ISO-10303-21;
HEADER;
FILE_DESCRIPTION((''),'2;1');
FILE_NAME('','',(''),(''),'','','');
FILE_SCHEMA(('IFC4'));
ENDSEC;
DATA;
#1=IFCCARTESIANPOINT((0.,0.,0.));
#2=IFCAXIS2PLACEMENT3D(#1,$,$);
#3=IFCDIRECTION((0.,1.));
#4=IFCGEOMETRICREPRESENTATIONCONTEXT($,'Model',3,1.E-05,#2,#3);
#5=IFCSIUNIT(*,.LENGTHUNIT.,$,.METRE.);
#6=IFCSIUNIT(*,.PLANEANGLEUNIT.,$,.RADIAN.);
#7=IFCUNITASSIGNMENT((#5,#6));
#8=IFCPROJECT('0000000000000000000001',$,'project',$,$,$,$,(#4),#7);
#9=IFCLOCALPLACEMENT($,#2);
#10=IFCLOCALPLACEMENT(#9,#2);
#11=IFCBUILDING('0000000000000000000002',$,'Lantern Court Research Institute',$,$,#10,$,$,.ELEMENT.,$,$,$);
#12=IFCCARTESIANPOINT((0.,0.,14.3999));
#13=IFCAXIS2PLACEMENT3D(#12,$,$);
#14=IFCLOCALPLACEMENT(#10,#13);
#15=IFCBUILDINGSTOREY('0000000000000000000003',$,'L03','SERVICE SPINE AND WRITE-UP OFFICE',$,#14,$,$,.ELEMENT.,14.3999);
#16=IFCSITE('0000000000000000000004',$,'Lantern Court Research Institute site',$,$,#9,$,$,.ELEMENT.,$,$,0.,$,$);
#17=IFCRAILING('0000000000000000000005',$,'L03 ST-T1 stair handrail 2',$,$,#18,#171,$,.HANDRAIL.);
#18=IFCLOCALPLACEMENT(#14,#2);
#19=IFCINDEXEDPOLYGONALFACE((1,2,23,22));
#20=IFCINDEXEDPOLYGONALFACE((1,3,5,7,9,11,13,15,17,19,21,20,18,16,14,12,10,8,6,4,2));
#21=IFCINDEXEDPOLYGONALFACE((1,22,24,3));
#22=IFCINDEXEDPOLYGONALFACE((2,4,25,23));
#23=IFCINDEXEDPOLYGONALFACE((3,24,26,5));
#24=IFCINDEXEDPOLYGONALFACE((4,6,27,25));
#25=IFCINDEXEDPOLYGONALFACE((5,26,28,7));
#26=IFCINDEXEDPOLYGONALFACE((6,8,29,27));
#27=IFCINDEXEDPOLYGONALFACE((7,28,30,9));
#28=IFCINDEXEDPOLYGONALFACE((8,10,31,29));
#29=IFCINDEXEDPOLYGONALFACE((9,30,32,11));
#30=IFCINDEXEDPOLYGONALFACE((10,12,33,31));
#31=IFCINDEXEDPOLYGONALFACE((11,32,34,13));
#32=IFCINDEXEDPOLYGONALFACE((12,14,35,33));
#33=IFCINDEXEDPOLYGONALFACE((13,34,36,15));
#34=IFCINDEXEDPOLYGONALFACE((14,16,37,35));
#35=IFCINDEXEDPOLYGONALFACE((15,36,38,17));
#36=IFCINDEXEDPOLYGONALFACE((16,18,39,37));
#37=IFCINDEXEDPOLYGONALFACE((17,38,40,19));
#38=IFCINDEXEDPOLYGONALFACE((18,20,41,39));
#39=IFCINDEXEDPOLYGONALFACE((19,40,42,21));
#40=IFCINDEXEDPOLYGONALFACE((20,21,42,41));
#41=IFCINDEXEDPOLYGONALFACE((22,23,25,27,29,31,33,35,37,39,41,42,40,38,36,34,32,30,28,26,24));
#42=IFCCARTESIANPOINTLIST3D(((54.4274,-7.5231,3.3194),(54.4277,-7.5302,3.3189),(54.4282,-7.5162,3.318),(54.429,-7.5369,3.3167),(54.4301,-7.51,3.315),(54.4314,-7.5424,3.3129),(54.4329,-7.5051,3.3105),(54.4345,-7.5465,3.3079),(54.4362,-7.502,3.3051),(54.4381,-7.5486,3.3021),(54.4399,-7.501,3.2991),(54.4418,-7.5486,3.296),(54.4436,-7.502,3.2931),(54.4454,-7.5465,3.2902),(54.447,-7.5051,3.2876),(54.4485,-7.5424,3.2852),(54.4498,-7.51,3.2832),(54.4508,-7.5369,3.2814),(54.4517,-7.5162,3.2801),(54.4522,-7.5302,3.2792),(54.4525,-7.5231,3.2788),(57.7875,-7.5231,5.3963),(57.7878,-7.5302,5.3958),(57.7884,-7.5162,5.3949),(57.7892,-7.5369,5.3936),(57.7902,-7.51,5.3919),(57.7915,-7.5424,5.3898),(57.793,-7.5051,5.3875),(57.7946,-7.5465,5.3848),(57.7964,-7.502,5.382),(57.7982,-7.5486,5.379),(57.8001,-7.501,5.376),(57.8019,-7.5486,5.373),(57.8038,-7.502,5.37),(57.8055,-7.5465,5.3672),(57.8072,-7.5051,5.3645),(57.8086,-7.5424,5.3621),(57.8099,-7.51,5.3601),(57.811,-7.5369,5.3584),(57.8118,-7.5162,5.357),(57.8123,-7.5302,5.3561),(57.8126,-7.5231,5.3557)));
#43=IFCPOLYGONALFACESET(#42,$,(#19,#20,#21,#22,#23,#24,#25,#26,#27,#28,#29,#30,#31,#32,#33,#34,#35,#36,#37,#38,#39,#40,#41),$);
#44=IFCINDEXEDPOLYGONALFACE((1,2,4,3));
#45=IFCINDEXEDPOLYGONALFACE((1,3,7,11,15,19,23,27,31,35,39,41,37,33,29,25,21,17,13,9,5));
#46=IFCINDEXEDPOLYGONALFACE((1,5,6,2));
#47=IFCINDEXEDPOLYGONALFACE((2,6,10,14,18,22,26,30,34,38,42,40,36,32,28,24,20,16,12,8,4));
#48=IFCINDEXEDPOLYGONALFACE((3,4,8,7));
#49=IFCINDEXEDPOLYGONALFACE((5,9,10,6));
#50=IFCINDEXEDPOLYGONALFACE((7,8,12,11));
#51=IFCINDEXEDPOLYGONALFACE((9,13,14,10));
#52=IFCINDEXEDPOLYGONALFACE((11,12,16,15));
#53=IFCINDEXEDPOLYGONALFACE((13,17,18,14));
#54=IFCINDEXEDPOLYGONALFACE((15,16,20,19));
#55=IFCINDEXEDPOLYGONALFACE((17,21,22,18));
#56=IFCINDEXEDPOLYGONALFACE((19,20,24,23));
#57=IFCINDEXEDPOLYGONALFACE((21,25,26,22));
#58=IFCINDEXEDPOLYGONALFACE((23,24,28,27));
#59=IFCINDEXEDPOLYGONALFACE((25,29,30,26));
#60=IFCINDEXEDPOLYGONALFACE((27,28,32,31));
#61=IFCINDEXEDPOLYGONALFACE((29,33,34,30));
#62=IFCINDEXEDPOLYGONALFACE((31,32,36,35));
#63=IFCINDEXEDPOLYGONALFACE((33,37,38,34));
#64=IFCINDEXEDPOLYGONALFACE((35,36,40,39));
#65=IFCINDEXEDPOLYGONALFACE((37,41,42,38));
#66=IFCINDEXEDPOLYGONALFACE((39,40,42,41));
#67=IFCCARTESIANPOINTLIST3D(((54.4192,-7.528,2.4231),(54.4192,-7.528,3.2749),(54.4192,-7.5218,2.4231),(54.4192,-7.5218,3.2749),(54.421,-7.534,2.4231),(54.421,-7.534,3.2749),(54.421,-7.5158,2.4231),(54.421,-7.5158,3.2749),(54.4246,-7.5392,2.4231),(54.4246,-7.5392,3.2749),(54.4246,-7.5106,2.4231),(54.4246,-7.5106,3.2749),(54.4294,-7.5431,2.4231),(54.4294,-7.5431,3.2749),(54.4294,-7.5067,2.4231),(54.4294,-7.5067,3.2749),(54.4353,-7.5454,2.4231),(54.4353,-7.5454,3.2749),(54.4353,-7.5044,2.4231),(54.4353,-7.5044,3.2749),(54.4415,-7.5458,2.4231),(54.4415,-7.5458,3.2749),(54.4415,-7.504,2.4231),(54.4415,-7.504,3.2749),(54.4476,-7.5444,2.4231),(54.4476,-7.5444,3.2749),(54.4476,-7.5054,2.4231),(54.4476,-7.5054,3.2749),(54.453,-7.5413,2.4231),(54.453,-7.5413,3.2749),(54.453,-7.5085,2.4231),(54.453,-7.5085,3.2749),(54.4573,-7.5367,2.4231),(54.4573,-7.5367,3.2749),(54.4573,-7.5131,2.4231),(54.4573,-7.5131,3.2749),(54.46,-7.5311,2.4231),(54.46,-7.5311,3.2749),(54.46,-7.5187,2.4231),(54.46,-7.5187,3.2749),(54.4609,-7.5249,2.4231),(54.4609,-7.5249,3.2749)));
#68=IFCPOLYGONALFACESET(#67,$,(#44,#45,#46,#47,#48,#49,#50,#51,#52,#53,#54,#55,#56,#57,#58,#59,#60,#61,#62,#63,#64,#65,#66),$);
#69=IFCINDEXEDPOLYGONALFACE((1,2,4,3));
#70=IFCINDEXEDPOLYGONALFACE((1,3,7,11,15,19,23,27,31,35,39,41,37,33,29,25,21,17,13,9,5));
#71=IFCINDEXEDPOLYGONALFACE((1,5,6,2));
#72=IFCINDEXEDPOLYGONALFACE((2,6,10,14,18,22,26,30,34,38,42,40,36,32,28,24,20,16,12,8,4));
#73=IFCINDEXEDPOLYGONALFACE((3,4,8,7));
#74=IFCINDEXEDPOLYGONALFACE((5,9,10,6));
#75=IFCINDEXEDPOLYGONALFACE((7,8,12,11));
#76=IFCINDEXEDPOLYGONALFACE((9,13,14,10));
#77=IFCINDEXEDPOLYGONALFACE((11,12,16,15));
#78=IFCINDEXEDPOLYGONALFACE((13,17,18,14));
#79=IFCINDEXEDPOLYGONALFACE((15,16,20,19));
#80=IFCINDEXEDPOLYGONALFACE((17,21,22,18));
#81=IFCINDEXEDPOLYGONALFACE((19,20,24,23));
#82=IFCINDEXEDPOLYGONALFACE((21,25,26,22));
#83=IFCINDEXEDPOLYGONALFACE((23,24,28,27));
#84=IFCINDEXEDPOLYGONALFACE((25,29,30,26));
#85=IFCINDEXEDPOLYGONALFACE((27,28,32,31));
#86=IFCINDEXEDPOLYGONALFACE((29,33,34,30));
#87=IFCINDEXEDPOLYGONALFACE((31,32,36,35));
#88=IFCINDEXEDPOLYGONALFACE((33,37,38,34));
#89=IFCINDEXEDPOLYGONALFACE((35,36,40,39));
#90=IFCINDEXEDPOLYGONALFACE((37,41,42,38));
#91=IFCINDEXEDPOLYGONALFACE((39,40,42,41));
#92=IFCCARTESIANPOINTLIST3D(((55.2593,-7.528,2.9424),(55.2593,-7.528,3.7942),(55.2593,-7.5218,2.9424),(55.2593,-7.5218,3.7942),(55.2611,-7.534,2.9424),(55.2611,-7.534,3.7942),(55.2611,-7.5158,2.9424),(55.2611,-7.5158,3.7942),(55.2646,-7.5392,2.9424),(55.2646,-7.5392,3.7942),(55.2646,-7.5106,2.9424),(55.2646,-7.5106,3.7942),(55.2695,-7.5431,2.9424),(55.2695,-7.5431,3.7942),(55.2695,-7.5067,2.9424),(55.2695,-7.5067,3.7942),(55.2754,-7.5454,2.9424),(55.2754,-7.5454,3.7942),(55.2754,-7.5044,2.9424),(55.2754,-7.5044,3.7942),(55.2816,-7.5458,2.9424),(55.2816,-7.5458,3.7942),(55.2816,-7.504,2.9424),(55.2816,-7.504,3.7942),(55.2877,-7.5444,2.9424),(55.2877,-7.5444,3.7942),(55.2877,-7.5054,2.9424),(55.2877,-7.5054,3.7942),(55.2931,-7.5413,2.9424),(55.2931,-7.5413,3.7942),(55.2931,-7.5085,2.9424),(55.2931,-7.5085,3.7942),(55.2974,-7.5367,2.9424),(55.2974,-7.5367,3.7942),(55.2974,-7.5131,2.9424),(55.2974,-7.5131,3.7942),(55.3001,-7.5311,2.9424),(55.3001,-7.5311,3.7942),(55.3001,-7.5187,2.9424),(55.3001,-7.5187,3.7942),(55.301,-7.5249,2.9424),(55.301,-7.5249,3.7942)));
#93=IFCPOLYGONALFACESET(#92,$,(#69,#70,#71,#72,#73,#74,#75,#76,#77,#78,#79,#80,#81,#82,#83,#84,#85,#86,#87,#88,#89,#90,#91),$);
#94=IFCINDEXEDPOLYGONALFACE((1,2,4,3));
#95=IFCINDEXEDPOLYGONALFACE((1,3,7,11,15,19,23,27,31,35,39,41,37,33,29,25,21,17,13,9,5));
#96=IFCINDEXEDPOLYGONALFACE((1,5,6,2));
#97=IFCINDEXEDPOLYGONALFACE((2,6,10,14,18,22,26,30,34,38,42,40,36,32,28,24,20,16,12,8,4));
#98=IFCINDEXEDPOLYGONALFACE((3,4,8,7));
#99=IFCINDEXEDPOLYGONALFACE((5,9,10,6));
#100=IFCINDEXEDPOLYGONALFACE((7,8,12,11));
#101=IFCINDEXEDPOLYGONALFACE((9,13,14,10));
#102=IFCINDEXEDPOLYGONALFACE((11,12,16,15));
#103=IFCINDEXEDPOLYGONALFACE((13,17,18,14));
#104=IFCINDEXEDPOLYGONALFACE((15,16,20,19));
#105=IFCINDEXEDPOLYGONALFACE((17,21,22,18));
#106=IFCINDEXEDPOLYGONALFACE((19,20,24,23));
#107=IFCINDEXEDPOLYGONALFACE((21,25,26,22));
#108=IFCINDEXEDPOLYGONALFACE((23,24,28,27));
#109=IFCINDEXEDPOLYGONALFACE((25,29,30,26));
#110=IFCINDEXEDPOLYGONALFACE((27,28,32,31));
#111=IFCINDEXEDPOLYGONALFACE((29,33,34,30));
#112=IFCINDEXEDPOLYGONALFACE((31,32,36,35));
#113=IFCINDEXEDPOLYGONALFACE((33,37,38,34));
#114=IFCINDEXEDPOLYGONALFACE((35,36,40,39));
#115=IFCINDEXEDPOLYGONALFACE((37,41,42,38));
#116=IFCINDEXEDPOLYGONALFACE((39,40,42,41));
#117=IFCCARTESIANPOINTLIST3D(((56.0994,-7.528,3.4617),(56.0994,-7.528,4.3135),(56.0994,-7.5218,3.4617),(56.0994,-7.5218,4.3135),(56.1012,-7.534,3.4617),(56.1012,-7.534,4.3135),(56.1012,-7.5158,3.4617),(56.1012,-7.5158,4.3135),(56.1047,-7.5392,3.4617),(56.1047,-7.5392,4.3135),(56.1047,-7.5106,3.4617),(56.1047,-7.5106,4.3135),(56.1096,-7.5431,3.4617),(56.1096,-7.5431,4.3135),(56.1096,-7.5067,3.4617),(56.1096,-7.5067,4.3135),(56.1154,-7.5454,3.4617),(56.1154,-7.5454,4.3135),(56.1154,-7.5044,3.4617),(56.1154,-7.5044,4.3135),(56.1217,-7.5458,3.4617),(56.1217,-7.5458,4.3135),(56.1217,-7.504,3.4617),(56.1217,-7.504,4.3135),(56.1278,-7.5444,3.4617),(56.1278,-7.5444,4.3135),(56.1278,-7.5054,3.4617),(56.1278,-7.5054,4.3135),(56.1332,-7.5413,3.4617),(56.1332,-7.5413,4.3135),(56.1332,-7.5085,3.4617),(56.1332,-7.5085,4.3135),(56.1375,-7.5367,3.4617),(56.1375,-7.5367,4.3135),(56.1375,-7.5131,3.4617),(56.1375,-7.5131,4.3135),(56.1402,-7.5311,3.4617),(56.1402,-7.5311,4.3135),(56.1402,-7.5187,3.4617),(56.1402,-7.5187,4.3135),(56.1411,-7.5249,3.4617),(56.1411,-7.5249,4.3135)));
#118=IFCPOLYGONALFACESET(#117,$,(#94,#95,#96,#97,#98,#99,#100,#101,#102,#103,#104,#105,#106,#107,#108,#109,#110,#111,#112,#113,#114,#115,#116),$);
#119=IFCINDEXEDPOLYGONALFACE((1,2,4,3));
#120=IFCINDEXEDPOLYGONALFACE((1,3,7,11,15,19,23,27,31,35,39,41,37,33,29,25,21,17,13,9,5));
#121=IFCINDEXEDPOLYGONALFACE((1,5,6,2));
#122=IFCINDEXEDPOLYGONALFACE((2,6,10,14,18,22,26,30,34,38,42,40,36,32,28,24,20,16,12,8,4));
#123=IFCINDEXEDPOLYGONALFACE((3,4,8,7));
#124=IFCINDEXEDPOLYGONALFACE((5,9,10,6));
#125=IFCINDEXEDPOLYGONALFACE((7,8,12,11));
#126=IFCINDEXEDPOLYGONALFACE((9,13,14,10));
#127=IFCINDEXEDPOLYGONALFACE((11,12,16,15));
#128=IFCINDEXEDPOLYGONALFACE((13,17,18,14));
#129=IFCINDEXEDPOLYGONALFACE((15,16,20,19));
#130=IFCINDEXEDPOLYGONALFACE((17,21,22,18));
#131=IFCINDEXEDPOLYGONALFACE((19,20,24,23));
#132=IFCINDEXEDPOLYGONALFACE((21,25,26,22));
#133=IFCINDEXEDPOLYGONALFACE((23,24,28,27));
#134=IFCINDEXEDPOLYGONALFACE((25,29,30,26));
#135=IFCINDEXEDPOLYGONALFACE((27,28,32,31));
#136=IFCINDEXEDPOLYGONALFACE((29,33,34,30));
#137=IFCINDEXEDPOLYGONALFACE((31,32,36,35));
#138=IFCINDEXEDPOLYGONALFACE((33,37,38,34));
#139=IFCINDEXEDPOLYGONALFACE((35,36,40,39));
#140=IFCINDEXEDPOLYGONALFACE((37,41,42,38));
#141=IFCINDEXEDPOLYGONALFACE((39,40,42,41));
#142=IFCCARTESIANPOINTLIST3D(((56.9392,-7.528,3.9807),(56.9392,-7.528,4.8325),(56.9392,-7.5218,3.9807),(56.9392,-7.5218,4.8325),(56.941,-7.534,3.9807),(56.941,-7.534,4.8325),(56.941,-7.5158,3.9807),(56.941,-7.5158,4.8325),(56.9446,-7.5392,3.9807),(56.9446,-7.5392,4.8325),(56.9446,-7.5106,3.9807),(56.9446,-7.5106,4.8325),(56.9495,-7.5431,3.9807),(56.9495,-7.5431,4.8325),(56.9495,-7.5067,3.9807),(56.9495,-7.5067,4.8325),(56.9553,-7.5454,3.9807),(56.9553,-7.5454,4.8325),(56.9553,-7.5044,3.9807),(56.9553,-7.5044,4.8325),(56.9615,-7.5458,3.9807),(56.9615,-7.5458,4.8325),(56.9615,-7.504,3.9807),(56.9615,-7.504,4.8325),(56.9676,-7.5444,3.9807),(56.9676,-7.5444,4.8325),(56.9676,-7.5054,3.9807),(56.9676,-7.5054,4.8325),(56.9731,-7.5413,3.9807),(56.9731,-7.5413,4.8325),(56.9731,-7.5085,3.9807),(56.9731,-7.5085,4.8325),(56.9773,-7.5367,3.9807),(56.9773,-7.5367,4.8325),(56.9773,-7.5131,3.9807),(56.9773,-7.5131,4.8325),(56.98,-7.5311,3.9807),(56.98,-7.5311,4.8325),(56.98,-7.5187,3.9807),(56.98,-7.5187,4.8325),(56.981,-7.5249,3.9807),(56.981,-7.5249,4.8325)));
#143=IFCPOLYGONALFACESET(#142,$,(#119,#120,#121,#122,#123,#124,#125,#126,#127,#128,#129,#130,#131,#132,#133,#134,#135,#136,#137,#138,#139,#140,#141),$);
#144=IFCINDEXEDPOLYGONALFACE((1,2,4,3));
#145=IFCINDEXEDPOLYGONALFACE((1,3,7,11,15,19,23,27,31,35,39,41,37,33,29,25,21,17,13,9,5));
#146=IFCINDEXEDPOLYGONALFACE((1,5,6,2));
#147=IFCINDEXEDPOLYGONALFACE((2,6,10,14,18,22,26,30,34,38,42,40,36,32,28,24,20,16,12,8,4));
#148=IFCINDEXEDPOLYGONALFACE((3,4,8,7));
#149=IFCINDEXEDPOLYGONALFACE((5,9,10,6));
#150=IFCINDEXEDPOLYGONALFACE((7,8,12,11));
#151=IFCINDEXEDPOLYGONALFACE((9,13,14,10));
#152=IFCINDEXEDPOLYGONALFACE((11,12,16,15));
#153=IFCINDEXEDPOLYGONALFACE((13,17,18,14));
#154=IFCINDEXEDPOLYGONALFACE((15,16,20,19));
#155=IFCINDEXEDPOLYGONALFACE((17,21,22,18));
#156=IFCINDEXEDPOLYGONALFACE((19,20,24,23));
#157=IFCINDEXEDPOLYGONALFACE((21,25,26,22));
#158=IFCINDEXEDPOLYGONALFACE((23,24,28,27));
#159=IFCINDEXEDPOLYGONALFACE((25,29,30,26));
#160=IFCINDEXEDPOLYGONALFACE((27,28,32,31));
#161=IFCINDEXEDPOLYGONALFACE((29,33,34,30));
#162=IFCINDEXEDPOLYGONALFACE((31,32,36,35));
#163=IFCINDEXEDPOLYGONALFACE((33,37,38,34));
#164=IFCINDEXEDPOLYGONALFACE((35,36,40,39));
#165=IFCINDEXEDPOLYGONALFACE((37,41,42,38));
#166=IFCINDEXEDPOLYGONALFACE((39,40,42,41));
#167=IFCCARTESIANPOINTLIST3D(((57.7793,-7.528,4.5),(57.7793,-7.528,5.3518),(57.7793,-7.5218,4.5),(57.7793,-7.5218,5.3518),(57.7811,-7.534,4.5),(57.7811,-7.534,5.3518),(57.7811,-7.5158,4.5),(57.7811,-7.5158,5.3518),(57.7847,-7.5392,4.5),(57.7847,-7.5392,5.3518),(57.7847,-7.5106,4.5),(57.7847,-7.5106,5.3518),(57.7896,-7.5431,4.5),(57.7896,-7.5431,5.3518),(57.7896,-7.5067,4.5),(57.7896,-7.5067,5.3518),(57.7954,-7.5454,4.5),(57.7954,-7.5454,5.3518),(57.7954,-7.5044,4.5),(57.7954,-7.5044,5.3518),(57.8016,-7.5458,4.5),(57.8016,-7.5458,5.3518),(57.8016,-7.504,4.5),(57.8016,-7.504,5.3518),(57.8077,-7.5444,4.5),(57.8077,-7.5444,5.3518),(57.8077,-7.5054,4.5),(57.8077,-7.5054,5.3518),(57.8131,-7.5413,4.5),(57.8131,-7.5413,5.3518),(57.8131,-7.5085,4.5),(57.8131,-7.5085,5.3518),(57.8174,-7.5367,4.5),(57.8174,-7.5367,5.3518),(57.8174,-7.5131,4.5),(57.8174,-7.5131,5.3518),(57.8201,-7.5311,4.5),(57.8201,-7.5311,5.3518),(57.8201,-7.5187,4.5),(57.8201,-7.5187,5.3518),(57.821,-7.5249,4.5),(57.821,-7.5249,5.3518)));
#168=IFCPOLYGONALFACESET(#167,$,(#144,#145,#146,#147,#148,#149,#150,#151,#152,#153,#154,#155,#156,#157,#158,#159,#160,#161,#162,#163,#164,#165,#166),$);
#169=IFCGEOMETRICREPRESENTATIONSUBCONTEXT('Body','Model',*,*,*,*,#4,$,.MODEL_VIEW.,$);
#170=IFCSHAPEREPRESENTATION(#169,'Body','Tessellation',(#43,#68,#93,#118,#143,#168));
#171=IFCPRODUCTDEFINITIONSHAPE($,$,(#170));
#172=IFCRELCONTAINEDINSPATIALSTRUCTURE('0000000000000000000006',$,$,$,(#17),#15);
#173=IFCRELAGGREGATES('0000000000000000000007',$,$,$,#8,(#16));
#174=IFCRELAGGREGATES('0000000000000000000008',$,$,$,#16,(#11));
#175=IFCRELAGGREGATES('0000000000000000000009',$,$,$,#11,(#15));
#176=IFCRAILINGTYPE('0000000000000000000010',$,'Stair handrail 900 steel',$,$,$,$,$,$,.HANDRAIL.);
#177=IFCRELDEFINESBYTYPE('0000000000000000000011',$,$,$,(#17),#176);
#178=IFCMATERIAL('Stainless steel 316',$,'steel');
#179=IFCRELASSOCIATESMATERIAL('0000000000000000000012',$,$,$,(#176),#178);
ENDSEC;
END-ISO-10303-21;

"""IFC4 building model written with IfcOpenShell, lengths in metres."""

from ifc_helpers import new_model, si_unit, direction, frame, origin, origin_2d, place, context, subcontext, project, spatial, circle, extrude, material, type_object, element, save


model = new_model("IFC4")

# Units and contexts
model_context = context("Model", 3, precision=1e-05, world=origin(), true_north=direction((0.0, 1.0)))
body_context = subcontext(model_context, "Body", "Model", "MODEL_VIEW")
ifc_project = project(units=[si_unit("LENGTHUNIT", "METRE"), si_unit("PLANEANGLEUNIT", "RADIAN")], contexts=[model_context])

# Site, building, storey
site_placement = place(None, origin())
site = spatial("IfcSite", under=ifc_project, at=site_placement, Name="Lantern Court Research Institute site", CompositionType="ELEMENT", RefElevation=0.0)
building_placement = place(site_placement, origin())
building = spatial("IfcBuilding", under=site, at=building_placement, Name="Lantern Court Research Institute", CompositionType="ELEMENT")
storey_placement = place(building_placement, frame((0.0, 0.0, 14.3999)))
storey = spatial("IfcBuildingStorey", under=building, at=storey_placement, Name="L03", Description="SERVICE SPINE AND WRITE-UP OFFICE", CompositionType="ELEMENT", Elevation=14.3999)

# Railing
ifc_material_1 = material(Name="Stainless steel 316", Category="steel")
railing_type_1 = type_object("IfcRailingType", Name="Stair handrail 900 steel", PredefinedType="HANDRAIL", material=ifc_material_1)
railing_1_placement = place(storey_placement, frame((54.4399, -7.5249, 2.4231)))
element("IfcRailing", 1, at=railing_1_placement, inside=storey, type_object=railing_type_1, Name="L03 ST-T1 stair handrail 2", PredefinedType="HANDRAIL", context=body_context, shape_type="SweptSolid", body=[
    extrude(circle(Radius=0.0239, at=origin_2d()), frame((0.0, 0.0, 0.876), z_axis=(0.850623, 0.0, 0.525776), x_axis=(0.0, 1.0, 0.0)), (0.0, 0.0, 1.0), 3.9502),
    extrude(circle(Radius=0.021, at=origin_2d()), origin(), (0.0, 0.0, 1.0), 0.8518),
    extrude(circle(Radius=0.021, at=origin_2d()), frame((0.8401, 0.0, 0.5193)), (0.0, 0.0, 1.0), 0.8518),
    extrude(circle(Radius=0.021, at=origin_2d()), frame((1.6802, 0.0, 1.0386)), (0.0, 0.0, 1.0), 0.8518),
    extrude(circle(Radius=0.021, at=origin_2d()), frame((2.52, 0.0, 1.5576)), (0.0, 0.0, 1.0), 0.8518),
    extrude(circle(Radius=0.021, at=origin_2d()), frame((3.3601, 0.0, 2.0769)), (0.0, 0.0, 1.0), 0.8518),
])

save(model, "model.ifc")
